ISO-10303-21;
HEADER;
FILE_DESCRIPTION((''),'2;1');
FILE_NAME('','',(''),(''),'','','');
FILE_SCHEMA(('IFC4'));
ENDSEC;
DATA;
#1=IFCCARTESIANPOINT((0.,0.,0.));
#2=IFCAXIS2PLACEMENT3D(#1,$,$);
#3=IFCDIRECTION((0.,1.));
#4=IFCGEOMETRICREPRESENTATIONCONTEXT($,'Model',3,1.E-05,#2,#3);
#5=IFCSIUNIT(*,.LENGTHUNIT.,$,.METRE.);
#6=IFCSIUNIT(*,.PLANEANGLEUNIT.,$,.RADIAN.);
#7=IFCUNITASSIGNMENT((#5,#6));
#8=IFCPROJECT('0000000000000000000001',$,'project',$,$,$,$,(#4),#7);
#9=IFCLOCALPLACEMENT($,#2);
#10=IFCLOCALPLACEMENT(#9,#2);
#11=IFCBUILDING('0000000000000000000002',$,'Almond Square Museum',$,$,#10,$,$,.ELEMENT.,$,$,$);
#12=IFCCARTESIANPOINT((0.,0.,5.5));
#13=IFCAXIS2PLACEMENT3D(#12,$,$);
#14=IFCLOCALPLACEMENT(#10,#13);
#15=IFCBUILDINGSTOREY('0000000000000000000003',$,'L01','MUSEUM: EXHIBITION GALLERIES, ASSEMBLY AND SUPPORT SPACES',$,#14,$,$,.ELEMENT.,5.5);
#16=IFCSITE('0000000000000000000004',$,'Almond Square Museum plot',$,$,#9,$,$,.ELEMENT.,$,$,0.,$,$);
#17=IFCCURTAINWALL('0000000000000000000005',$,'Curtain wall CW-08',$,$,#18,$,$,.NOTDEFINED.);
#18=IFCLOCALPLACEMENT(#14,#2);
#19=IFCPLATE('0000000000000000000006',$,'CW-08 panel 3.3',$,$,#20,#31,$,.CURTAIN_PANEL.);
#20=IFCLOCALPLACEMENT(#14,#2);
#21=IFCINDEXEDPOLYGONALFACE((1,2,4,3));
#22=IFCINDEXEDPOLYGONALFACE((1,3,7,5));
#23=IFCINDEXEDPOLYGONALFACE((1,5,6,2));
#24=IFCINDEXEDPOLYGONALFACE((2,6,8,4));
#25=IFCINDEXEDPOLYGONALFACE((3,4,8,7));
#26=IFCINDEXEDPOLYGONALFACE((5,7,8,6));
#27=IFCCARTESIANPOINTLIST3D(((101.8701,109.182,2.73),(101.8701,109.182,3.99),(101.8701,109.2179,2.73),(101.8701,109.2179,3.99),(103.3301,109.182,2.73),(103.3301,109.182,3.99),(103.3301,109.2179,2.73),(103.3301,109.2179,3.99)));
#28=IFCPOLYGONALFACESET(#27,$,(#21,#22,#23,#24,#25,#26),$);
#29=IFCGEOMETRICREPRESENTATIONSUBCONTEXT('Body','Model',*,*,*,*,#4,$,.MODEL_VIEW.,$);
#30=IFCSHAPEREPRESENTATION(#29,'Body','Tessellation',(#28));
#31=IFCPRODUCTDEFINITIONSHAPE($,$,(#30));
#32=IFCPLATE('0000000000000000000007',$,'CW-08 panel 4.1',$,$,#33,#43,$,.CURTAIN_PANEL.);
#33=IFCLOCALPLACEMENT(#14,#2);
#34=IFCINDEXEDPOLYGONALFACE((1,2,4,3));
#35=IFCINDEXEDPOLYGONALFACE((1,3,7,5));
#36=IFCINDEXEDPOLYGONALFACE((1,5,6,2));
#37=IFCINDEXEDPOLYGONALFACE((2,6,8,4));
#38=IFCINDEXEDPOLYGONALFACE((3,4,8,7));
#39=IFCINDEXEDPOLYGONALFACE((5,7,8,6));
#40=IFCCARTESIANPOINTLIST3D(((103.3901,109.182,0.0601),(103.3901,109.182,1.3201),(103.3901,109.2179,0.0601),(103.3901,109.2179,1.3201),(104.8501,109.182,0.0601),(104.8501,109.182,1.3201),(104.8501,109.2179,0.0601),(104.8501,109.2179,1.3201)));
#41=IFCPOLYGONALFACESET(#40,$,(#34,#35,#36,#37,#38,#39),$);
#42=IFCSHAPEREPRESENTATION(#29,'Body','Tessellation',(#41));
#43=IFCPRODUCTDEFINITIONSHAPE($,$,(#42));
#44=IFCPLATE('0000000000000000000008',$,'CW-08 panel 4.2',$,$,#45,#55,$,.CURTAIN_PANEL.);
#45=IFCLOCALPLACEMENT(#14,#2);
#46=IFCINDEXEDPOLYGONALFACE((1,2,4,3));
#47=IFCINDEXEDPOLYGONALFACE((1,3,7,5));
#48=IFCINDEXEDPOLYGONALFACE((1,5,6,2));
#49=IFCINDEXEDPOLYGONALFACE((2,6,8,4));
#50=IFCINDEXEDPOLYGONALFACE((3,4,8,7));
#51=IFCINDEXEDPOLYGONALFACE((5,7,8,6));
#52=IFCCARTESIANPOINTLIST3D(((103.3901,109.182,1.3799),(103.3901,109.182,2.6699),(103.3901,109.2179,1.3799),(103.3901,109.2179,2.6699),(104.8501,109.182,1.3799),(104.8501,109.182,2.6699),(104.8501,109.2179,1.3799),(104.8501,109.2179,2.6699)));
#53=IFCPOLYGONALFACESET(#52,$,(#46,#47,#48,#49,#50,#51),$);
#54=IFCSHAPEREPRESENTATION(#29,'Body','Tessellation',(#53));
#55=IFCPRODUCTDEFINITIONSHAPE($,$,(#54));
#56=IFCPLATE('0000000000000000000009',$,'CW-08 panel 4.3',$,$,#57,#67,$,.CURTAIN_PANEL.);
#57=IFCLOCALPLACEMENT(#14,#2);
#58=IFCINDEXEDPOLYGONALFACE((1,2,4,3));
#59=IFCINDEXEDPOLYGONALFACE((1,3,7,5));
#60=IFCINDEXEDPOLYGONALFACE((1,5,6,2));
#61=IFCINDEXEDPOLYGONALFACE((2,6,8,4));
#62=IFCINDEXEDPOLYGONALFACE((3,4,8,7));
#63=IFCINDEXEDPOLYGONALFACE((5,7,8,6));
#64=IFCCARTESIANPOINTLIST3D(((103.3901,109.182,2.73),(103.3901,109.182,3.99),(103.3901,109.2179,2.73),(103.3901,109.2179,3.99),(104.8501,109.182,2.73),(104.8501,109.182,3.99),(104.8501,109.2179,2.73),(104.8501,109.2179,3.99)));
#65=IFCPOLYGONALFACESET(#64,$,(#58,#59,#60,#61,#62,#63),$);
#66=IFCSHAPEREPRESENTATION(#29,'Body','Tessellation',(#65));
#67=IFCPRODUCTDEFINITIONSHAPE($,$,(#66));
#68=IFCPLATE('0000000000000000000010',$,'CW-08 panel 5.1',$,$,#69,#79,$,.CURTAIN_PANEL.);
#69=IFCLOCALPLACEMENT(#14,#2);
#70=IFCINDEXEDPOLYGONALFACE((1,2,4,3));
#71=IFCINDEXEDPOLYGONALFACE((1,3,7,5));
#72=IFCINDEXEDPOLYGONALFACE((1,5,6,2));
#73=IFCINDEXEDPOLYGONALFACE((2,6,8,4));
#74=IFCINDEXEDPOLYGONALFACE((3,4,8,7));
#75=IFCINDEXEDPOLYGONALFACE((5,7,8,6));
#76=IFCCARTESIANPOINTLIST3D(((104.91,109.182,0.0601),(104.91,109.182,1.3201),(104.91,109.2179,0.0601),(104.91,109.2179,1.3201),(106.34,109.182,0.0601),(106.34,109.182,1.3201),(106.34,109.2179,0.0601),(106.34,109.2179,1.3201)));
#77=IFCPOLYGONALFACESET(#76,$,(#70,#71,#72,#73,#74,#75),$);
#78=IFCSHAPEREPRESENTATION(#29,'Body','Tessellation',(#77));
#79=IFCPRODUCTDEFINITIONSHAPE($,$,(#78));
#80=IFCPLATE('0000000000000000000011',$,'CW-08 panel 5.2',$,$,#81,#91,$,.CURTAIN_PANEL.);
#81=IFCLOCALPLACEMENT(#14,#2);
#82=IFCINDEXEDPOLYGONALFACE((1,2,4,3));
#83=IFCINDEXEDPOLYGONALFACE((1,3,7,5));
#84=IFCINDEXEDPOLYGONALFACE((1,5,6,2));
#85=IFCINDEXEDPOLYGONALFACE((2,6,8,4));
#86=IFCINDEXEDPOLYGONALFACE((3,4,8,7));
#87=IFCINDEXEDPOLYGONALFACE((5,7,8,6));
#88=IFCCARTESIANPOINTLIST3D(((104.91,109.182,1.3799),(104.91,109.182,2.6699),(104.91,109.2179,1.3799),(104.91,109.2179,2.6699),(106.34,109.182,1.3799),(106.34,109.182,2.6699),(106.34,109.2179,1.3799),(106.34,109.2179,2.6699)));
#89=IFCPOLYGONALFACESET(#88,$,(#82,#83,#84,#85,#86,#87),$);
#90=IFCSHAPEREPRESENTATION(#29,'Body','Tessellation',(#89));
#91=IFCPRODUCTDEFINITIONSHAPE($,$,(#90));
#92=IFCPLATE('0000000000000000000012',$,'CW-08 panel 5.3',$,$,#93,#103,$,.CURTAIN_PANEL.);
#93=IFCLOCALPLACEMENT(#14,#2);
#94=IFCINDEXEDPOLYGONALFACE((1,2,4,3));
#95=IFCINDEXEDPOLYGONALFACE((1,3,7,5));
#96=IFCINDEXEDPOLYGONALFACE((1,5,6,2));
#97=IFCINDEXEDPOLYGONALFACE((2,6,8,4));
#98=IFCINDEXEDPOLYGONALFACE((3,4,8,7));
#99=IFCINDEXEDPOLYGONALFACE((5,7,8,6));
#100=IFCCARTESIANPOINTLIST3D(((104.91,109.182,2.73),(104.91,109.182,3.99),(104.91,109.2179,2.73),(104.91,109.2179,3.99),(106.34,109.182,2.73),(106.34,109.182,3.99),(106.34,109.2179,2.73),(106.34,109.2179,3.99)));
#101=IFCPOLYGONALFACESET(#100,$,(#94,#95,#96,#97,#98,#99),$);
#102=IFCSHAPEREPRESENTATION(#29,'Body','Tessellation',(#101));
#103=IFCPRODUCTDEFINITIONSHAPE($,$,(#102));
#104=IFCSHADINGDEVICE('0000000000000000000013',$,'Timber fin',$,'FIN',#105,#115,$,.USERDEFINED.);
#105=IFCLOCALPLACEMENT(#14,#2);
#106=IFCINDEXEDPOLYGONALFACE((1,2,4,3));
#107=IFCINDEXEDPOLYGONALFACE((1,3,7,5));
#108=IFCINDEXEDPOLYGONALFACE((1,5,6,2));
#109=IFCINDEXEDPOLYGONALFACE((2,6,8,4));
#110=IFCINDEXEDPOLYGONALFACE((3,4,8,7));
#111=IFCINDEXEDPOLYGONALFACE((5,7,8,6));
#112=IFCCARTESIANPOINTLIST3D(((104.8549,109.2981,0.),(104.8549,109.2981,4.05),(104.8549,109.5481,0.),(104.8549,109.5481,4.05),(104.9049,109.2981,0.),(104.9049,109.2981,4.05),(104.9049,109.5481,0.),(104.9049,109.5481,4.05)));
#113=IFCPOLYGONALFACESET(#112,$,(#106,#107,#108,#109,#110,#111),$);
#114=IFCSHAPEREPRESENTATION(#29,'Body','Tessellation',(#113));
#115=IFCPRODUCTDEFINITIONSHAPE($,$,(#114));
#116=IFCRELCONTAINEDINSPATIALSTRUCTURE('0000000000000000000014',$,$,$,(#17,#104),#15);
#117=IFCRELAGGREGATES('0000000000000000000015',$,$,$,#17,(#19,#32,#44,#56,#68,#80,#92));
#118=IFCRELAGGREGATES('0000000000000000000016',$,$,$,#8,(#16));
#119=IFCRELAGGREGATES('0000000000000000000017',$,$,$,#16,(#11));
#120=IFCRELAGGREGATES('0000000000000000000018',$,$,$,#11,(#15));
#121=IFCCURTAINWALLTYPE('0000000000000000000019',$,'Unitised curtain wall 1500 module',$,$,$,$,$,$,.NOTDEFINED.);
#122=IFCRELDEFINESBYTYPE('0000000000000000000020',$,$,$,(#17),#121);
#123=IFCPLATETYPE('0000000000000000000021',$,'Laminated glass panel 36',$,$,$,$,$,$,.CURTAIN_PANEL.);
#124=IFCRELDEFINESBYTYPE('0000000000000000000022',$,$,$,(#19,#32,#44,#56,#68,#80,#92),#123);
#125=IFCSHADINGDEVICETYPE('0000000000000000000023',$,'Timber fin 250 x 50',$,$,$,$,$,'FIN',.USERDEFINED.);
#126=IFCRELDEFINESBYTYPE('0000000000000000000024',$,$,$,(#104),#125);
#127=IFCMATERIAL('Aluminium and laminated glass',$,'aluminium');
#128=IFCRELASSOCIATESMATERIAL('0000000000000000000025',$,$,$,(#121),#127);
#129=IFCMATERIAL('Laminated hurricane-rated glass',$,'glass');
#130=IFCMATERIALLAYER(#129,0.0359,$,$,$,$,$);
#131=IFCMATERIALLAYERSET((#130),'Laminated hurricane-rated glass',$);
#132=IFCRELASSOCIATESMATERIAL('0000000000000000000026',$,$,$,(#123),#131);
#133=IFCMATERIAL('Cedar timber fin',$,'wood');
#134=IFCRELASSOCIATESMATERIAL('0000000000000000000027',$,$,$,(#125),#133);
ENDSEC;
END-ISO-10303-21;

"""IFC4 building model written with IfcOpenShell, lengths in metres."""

from ifc_helpers import new_model, si_unit, direction, frame, origin, origin_2d, place, context, subcontext, project, spatial, rectangle, extrude, material, layer, layer_set, material_profile, profile_set, type_object, element, aggregate, save


model = new_model("IFC4")

# Units and contexts
model_context = context("Model", 3, precision=1e-05, world=origin(), true_north=direction((0.0, 1.0)))
body_context = subcontext(model_context, "Body", "Model", "MODEL_VIEW")
ifc_project = project(units=[si_unit("LENGTHUNIT", "METRE"), si_unit("PLANEANGLEUNIT", "RADIAN")], contexts=[model_context])

# Site, building, storey
site_placement = place(None, origin())
site = spatial("IfcSite", under=ifc_project, at=site_placement, Name="Almond Square Museum plot", CompositionType="ELEMENT", RefElevation=0.0)
building_placement = place(site_placement, origin())
building = spatial("IfcBuilding", under=site, at=building_placement, Name="Almond Square Museum", CompositionType="ELEMENT")
storey_placement = place(building_placement, frame((0.0, 0.0, 5.5)))
storey = spatial("IfcBuildingStorey", under=building, at=storey_placement, Name="L01", Description="MUSEUM: EXHIBITION GALLERIES, ASSEMBLY AND SUPPORT SPACES", CompositionType="ELEMENT", Elevation=5.5)

# Curtain wall, plates
ifc_material_1 = material(Name="Aluminium and laminated glass", Category="aluminium")
curtain_wall_type = type_object("IfcCurtainWallType", Name="Unitised curtain wall 1500 module", PredefinedType="NOTDEFINED", material=ifc_material_1)
curtain_wall_placement = place(storey_placement, origin())
curtain_wall = element("IfcCurtainWall", 1, at=curtain_wall_placement, inside=storey, type_object=curtain_wall_type, Name="Curtain wall CW-08", PredefinedType="NOTDEFINED")
ifc_material_2 = material(Name="Laminated hurricane-rated glass", Category="glass")
ifc_layer = layer(ifc_material_2, 0.0359)
ifc_layer_set = layer_set([ifc_layer], Name="Laminated hurricane-rated glass")
plate_type = type_object("IfcPlateType", Name="Laminated glass panel 36", PredefinedType="CURTAIN_PANEL", material=ifc_layer_set)
plate_1_placement = place(storey_placement, frame((102.6001, 109.2, 2.73), z_axis=(0.0, 0.0, 1.0), x_axis=(1.0, 0.0, 0.0)))
plate_1 = element("IfcPlate", 2, at=plate_1_placement, type_object=plate_type, Name="CW-08 panel 3.3", PredefinedType="CURTAIN_PANEL", context=body_context, shape_type="SweptSolid", body=[
    extrude(rectangle(XDim=1.46, YDim=0.0359, at=origin_2d()), origin(), (0.0, 0.0, 1.0), 1.26),
])
plate_2_placement = place(storey_placement, frame((104.1201, 109.2, 0.0601), z_axis=(0.0, 0.0, 1.0), x_axis=(1.0, 0.0, 0.0)))
plate_2 = element("IfcPlate", 3, at=plate_2_placement, type_object=plate_type, Name="CW-08 panel 4.1", PredefinedType="CURTAIN_PANEL", context=body_context, shape_type="SweptSolid", body=[
    extrude(rectangle(XDim=1.46, YDim=0.0359, at=origin_2d()), origin(), (0.0, 0.0, 1.0), 1.26),
])
plate_3_placement = place(storey_placement, frame((104.1201, 109.2, 1.3799), z_axis=(0.0, 0.0, 1.0), x_axis=(1.0, 0.0, 0.0)))
plate_3 = element("IfcPlate", 4, at=plate_3_placement, type_object=plate_type, Name="CW-08 panel 4.2", PredefinedType="CURTAIN_PANEL", context=body_context, shape_type="SweptSolid", body=[
    extrude(rectangle(XDim=1.46, YDim=0.0359, at=origin_2d()), origin(), (0.0, 0.0, 1.0), 1.29),
])
plate_4_placement = place(storey_placement, frame((104.1201, 109.2, 2.73), z_axis=(0.0, 0.0, 1.0), x_axis=(1.0, 0.0, 0.0)))
plate_4 = element("IfcPlate", 5, at=plate_4_placement, type_object=plate_type, Name="CW-08 panel 4.3", PredefinedType="CURTAIN_PANEL", context=body_context, shape_type="SweptSolid", body=[
    extrude(rectangle(XDim=1.46, YDim=0.0359, at=origin_2d()), origin(), (0.0, 0.0, 1.0), 1.26),
])
plate_5_placement = place(storey_placement, frame((105.625, 109.2, 0.0601), z_axis=(0.0, 0.0, 1.0), x_axis=(1.0, 0.0, 0.0)))
plate_5 = element("IfcPlate", 6, at=plate_5_placement, type_object=plate_type, Name="CW-08 panel 5.1", PredefinedType="CURTAIN_PANEL", context=body_context, shape_type="SweptSolid", body=[
    extrude(rectangle(XDim=1.4299, YDim=0.0359, at=origin_2d()), origin(), (0.0, 0.0, 1.0), 1.26),
])
plate_6_placement = place(storey_placement, frame((105.625, 109.2, 1.3799), z_axis=(0.0, 0.0, 1.0), x_axis=(1.0, 0.0, 0.0)))
plate_6 = element("IfcPlate", 7, at=plate_6_placement, type_object=plate_type, Name="CW-08 panel 5.2", PredefinedType="CURTAIN_PANEL", context=body_context, shape_type="SweptSolid", body=[
    extrude(rectangle(XDim=1.4299, YDim=0.0359, at=origin_2d()), origin(), (0.0, 0.0, 1.0), 1.29),
])
plate_7_placement = place(storey_placement, frame((105.625, 109.2, 2.73), z_axis=(0.0, 0.0, 1.0), x_axis=(1.0, 0.0, 0.0)))
plate_7 = element("IfcPlate", 8, at=plate_7_placement, type_object=plate_type, Name="CW-08 panel 5.3", PredefinedType="CURTAIN_PANEL", context=body_context, shape_type="SweptSolid", body=[
    extrude(rectangle(XDim=1.4299, YDim=0.0359, at=origin_2d()), origin(), (0.0, 0.0, 1.0), 1.26),
])
aggregate(curtain_wall, [plate_1, plate_2, plate_3, plate_4, plate_5, plate_6, plate_7])

# Shading device
ifc_material_3 = material(Name="Cedar timber fin", Category="wood")
ifc_material_profile_1 = material_profile(ifc_material_3, rectangle(XDim=0.25, YDim=0.05, at=origin_2d()))
ifc_profile_set_1 = profile_set([ifc_material_profile_1], Name="Cedar timber fin")
shading_device_type = type_object("IfcShadingDeviceType", Name="Timber fin 250 x 50", ElementType="FIN", PredefinedType="USERDEFINED", material=ifc_profile_set_1)
shading_device_placement = place(storey_placement, frame((104.8799, 109.4231, 0.0), z_axis=(0.0, 0.0, 1.0), x_axis=(0.0, 1.0, 0.0)))
element("IfcShadingDevice", 9, at=shading_device_placement, inside=storey, type_object=shading_device_type, Name="Timber fin", ObjectType="FIN", PredefinedType="USERDEFINED", context=body_context, shape_type="SweptSolid", body=[
    extrude(rectangle(XDim=0.25, YDim=0.05, at=origin_2d()), origin(), (0.0, 0.0, 1.0), 4.05),
])

save(model, "model.ifc")
